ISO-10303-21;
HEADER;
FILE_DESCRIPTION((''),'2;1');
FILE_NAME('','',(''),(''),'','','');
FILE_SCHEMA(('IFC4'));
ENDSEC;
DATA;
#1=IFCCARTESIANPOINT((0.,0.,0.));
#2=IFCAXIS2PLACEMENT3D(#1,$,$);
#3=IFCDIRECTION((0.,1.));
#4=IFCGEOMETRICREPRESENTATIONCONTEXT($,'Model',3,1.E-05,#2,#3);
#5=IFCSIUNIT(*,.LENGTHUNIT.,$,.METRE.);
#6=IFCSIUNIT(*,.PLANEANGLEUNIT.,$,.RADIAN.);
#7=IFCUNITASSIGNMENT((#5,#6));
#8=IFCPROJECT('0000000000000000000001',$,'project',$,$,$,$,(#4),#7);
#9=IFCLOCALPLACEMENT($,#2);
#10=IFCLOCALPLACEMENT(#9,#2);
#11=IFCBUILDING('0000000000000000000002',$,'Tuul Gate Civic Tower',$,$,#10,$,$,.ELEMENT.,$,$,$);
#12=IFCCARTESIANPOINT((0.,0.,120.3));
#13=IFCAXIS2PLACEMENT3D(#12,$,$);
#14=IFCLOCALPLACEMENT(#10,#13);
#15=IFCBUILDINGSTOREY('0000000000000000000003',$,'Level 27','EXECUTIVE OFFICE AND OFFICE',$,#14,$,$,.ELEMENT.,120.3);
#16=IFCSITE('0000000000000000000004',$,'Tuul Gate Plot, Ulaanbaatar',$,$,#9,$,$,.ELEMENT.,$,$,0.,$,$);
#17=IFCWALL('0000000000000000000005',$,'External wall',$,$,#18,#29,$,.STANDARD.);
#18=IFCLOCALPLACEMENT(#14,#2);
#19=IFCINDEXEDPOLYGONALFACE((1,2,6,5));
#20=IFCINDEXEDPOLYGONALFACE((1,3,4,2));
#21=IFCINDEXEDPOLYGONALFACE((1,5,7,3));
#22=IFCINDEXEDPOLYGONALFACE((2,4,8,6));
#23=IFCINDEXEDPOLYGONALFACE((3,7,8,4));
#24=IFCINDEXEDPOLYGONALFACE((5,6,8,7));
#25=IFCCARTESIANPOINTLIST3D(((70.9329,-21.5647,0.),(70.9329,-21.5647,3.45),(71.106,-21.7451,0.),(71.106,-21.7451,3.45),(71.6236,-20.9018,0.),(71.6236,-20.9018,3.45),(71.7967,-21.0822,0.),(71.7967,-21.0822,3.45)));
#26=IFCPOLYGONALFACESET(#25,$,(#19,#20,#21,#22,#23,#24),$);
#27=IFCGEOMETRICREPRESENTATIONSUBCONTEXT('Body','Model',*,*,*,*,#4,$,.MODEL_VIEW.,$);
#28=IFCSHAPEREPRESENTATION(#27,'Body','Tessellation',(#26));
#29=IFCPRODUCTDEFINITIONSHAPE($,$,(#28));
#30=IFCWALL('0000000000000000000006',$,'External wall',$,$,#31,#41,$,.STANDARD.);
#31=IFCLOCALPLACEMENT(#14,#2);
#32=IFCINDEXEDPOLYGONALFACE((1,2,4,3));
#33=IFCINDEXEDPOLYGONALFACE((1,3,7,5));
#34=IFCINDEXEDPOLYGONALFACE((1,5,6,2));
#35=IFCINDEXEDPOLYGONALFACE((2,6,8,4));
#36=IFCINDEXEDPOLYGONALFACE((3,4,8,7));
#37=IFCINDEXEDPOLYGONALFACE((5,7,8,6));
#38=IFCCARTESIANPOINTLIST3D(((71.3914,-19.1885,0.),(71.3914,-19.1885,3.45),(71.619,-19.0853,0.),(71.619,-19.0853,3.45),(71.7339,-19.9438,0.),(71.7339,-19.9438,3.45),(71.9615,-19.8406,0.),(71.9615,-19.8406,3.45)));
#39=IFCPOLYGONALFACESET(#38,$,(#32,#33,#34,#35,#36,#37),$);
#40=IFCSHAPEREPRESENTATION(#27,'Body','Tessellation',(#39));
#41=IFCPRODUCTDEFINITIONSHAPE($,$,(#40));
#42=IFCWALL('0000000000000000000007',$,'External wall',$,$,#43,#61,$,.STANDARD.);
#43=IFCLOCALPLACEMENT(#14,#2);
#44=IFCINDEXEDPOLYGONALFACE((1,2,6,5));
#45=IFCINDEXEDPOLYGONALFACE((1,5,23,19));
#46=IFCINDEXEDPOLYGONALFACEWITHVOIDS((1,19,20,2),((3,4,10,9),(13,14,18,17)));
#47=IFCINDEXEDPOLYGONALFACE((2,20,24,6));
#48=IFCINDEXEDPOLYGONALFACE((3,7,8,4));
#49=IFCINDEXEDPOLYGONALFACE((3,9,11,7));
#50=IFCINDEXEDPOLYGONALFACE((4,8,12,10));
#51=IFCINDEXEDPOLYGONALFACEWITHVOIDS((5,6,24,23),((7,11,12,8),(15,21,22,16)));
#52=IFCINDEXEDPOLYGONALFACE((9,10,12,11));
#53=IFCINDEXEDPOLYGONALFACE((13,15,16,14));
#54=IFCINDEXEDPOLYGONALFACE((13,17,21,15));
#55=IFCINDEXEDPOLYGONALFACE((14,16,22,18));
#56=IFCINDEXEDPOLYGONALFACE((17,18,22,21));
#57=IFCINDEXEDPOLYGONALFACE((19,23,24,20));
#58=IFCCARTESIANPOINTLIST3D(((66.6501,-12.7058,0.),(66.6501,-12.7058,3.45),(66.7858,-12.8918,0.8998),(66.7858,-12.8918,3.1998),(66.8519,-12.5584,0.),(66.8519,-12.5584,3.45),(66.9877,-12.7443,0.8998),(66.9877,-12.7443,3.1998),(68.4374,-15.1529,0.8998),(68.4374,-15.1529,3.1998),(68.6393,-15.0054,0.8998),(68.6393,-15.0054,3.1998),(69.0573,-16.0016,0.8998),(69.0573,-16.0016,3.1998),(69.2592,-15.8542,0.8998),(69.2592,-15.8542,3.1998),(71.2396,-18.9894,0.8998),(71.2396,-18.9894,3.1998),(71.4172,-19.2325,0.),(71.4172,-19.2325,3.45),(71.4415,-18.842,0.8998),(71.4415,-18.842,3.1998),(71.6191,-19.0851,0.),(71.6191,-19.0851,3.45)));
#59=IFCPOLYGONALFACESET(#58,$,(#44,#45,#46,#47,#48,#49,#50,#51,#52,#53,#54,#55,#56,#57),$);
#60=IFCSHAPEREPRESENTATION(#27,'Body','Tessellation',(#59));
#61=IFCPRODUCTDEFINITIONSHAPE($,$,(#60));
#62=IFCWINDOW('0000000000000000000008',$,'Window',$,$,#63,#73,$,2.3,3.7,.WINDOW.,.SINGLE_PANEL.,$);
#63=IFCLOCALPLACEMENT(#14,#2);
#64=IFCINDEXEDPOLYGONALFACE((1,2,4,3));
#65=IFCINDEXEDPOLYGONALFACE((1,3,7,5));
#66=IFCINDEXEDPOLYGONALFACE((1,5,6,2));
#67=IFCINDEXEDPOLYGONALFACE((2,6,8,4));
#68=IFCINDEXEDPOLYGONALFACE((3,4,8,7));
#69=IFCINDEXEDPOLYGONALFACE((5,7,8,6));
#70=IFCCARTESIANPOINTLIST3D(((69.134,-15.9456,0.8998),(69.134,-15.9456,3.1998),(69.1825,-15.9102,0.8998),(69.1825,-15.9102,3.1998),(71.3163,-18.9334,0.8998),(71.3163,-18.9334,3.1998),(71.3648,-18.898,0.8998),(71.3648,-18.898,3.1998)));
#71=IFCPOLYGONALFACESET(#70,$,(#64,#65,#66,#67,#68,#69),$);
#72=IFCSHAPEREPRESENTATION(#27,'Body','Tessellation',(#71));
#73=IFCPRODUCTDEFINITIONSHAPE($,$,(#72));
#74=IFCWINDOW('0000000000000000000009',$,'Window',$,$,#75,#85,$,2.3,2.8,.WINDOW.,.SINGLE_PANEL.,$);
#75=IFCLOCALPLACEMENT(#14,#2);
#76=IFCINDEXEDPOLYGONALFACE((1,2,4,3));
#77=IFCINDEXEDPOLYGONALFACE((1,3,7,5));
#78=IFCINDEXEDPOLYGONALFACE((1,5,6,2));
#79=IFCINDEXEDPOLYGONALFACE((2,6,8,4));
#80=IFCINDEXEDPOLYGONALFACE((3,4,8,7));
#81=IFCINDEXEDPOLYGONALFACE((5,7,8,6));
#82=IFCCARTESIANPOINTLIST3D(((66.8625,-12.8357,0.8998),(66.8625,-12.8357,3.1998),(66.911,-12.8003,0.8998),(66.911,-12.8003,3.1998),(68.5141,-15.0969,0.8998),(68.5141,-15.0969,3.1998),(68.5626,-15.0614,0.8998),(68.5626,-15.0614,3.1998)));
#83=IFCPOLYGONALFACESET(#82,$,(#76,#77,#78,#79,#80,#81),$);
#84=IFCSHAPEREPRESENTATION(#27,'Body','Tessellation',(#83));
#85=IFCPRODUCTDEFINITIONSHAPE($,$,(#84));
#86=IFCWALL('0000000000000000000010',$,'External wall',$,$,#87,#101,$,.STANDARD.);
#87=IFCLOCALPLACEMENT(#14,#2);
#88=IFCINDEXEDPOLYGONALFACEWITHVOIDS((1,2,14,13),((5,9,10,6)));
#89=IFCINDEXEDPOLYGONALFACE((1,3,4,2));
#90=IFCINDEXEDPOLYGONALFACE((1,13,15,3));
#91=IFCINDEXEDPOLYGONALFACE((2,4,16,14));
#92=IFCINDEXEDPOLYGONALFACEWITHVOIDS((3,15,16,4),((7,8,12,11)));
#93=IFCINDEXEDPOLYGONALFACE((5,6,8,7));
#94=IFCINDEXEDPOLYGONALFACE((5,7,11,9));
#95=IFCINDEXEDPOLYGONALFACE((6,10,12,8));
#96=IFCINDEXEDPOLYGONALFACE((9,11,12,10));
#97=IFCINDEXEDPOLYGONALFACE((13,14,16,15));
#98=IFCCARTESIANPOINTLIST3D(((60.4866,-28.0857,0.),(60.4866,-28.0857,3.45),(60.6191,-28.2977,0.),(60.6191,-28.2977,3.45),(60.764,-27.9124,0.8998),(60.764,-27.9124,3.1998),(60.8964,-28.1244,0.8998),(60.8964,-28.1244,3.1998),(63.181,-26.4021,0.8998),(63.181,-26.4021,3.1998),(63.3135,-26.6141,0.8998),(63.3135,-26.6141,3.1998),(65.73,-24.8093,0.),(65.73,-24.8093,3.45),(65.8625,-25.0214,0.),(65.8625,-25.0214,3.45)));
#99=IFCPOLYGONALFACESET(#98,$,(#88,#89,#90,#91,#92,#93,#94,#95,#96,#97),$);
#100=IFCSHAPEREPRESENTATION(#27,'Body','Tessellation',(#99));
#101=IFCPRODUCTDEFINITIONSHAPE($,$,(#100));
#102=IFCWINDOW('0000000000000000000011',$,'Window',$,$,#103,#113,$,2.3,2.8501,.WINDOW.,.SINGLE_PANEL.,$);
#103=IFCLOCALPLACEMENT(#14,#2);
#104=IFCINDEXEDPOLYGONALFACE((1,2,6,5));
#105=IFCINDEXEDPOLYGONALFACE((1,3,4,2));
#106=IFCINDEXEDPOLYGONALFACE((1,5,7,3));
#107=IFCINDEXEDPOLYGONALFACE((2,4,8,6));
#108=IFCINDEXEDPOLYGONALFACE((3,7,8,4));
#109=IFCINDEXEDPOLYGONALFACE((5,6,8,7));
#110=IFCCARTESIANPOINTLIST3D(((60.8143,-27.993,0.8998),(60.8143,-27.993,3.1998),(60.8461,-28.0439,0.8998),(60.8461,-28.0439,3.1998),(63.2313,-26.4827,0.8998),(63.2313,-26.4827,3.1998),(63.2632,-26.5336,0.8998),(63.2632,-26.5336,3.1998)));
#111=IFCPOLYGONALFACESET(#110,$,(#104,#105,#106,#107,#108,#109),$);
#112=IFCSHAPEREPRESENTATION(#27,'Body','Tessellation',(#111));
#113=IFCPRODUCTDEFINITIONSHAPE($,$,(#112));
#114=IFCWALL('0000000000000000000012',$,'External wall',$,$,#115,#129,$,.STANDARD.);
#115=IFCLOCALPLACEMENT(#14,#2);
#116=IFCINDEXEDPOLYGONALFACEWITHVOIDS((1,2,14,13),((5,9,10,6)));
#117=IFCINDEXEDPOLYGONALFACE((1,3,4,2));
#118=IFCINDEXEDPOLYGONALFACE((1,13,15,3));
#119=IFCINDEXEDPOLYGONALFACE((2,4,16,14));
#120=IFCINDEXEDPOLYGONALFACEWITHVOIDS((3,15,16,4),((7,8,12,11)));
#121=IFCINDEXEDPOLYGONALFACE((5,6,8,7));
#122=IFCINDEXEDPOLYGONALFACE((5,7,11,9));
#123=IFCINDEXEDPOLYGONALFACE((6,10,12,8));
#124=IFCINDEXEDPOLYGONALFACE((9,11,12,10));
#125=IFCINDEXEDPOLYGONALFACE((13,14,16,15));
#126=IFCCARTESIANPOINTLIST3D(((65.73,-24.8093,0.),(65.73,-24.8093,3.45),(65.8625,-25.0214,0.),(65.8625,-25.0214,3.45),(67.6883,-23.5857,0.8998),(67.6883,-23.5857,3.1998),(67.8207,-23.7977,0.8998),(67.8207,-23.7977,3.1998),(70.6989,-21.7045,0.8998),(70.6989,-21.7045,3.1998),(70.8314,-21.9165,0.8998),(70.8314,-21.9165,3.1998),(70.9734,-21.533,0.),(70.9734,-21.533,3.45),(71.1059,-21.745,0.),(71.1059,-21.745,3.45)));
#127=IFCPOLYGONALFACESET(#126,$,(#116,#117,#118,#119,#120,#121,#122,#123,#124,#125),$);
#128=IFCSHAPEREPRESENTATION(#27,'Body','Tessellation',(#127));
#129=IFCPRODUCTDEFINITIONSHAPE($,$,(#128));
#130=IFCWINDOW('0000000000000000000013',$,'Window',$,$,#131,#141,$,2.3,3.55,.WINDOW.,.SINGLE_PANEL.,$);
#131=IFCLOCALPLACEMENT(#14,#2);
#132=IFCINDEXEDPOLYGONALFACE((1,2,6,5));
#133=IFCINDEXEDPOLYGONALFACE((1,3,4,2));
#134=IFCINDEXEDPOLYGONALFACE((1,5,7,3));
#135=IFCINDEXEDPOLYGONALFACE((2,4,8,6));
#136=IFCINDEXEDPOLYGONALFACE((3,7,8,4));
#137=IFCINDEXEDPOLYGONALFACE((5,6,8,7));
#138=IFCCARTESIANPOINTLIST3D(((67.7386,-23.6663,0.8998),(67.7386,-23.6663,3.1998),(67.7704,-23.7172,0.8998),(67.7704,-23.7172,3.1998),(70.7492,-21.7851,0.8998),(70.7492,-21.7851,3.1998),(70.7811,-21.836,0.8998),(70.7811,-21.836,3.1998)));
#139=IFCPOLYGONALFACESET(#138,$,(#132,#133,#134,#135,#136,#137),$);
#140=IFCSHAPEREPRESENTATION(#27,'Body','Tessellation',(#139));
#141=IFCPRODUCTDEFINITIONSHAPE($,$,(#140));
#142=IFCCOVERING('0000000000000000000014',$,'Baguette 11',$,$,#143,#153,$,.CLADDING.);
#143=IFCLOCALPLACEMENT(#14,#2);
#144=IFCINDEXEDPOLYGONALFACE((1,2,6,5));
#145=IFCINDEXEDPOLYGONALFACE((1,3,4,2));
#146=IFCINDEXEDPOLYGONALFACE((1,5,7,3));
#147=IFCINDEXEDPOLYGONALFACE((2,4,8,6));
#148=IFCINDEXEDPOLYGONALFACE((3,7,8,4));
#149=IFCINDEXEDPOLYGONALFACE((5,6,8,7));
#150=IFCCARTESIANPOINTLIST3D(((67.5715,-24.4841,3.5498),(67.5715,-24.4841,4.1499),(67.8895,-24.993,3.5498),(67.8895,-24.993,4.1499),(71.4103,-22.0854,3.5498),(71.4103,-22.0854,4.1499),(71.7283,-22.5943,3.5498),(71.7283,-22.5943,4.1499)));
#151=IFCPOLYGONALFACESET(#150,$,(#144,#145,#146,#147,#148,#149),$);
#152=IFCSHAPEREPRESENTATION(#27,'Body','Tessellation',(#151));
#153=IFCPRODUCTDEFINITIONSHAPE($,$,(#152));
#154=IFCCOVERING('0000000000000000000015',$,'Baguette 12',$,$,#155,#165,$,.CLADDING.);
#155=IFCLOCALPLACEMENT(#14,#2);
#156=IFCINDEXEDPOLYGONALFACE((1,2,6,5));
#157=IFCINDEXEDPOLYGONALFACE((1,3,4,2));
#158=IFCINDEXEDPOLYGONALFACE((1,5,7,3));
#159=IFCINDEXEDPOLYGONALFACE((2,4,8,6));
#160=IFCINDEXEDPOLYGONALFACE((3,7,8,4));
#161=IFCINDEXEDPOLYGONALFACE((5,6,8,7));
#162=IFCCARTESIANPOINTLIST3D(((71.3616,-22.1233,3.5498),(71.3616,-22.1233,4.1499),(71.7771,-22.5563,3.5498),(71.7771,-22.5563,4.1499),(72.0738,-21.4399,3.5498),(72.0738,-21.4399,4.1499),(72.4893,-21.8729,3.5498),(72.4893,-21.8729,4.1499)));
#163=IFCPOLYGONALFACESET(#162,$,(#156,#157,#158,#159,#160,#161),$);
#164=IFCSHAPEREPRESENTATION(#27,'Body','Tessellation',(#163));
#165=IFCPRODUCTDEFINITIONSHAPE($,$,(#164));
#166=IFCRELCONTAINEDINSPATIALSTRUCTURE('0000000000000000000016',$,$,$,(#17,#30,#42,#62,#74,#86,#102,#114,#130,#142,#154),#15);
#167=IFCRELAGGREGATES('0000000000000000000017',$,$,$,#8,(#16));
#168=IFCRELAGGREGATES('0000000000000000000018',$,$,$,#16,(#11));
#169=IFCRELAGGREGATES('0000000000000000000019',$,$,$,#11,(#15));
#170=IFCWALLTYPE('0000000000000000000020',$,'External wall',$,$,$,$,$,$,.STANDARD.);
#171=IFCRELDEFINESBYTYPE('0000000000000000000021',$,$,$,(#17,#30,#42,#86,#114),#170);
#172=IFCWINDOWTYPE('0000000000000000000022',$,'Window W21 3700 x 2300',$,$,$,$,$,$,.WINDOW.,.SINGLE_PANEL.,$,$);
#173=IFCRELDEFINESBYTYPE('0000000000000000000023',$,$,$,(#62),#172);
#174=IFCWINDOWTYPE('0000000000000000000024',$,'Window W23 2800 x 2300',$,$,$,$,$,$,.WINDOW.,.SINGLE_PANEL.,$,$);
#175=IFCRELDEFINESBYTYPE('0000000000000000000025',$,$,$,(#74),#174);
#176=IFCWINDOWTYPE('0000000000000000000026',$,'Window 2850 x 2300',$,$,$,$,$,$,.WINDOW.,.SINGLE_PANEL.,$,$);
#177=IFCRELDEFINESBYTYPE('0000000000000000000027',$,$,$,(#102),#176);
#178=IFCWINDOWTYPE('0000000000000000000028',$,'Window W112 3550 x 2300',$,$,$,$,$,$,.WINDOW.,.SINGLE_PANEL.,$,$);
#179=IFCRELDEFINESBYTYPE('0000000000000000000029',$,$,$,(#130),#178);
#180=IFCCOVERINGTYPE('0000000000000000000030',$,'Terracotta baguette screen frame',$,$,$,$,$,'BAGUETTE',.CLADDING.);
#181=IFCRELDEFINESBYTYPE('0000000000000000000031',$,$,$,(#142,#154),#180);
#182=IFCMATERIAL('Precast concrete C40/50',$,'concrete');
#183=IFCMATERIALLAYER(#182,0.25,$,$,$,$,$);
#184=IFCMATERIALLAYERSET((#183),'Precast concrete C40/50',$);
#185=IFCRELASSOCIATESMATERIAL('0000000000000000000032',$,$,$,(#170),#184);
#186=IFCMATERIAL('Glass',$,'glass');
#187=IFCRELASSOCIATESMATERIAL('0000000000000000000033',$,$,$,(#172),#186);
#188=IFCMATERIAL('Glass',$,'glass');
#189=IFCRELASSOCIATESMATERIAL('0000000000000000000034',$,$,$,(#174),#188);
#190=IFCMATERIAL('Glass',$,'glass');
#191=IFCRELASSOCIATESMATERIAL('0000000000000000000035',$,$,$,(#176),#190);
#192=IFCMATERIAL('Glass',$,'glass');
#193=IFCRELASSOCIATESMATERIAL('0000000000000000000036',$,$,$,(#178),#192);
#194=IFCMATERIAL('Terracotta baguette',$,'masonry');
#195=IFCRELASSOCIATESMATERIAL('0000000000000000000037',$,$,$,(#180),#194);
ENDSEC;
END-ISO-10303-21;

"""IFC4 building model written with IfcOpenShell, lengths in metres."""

from ifc_helpers import new_model, si_unit, direction, frame, frame_2d, origin, origin_2d, place, context, subcontext, project, spatial, rectangle, extrude, material, layer, layer_set, material_profile, profile_set, type_object, element, fill, save


model = new_model("IFC4")

# Units and contexts
model_context = context("Model", 3, precision=1e-05, world=origin(), true_north=direction((0.0, 1.0)))
body_context = subcontext(model_context, "Body", "Model", "MODEL_VIEW")
ifc_project = project(units=[si_unit("LENGTHUNIT", "METRE"), si_unit("PLANEANGLEUNIT", "RADIAN")], contexts=[model_context])

# Site, building, storey
site_placement = place(None, origin())
site = spatial("IfcSite", under=ifc_project, at=site_placement, Name="Tuul Gate Plot, Ulaanbaatar", CompositionType="ELEMENT", RefElevation=0.0)
building_placement = place(site_placement, origin())
building = spatial("IfcBuilding", under=site, at=building_placement, Name="Tuul Gate Civic Tower", CompositionType="ELEMENT")
storey_placement = place(building_placement, frame((0.0, 0.0, 120.3)))
storey = spatial("IfcBuildingStorey", under=building, at=storey_placement, Name="Level 27", Description="EXECUTIVE OFFICE AND OFFICE", CompositionType="ELEMENT", Elevation=120.3)

# Walls
ifc_material_1 = material(Name="Precast concrete C40/50", Category="concrete")
ifc_layer_1 = layer(ifc_material_1, 0.25)
ifc_layer_set_1 = layer_set([ifc_layer_1], Name="Precast concrete C40/50")
wall_type_1 = type_object("IfcWallType", Name="External wall", PredefinedType="STANDARD", material=ifc_layer_set_1)
wall_1_placement = place(storey_placement, frame((71.0195, -21.6548, 0.0), z_axis=(0.0, 0.0, 1.0), x_axis=(0.721494, 0.69242, 0.0)))
element("IfcWall", 1, at=wall_1_placement, inside=storey, type_object=wall_type_1, Name="External wall", PredefinedType="STANDARD", context=body_context, shape_type="SweptSolid", body=[
    extrude(rectangle(XDim=0.9573, YDim=0.25, at=frame_2d((0.4785, 0.0))), origin(), (0.0, 0.0, 1.0), 3.45),
])
wall_2_placement = place(storey_placement, frame((71.8477, -19.8921, 0.0), z_axis=(0.0, 0.0, 1.0), x_axis=(-0.412982, 0.910739, 0.0)))
element("IfcWall", 2, at=wall_2_placement, inside=storey, type_object=wall_type_1, Name="External wall", PredefinedType="STANDARD", context=body_context, shape_type="SweptSolid", body=[
    extrude(rectangle(XDim=0.8293, YDim=0.25, at=frame_2d((0.4146, 0.0))), origin(), (0.0, 0.0, 1.0), 3.45),
])

# Wall, openings, windows
wall_3_placement = place(storey_placement, frame((71.5181, -19.1587, 0.0), z_axis=(0.0, 0.0, 1.0), x_axis=(-0.589826, 0.80753, 0.0)))
wall_3 = element("IfcWall", 3, at=wall_3_placement, inside=storey, type_object=wall_type_1, Name="External wall", PredefinedType="STANDARD", context=body_context, shape_type="SweptSolid", body=[
    extrude(rectangle(XDim=8.0823, YDim=0.25, at=frame_2d((4.041, 0.0))), origin(), (0.0, 0.0, 1.0), 3.45),
])
opening_1_placement = place(wall_3_placement, frame((0.3008, 0.0, 0.8999)))
opening_1 = element("IfcOpeningElement", 4, at=opening_1_placement, cuts=wall_3, PredefinedType="OPENING", context=body_context, shape_type="SweptSolid", body=[
    extrude(rectangle(XDim=3.7, YDim=2.3, at=frame_2d((1.8501, 1.1499))), frame((0.0, 0.135, 0.0), z_axis=(0.0, -1.0, 0.0), x_axis=(1.0, 0.0, 0.0)), (0.0, 0.0, 1.0), 0.27),
])
opening_2_placement = place(wall_3_placement, frame((5.052, 0.0, 0.8999)))
opening_2 = element("IfcOpeningElement", 5, at=opening_2_placement, cuts=wall_3, PredefinedType="OPENING", context=body_context, shape_type="SweptSolid", body=[
    extrude(rectangle(XDim=2.8, YDim=2.3, at=frame_2d((1.3999, 1.1499))), frame((0.0, 0.135, 0.0), z_axis=(0.0, -1.0, 0.0), x_axis=(1.0, 0.0, 0.0)), (0.0, 0.0, 1.0), 0.27),
])
ifc_material_2 = material(Name="Glass", Category="glass")
window_type_1 = type_object("IfcWindowType", Name="Window W21 3700 x 2300", PartitioningType="SINGLE_PANEL", PredefinedType="WINDOW", material=ifc_material_2)
window_1_placement = place(opening_1_placement, origin())
window_1 = element("IfcWindow", 6, at=window_1_placement, inside=storey, type_object=window_type_1, Name="Window", OverallHeight=2.3, OverallWidth=3.7, PartitioningType="SINGLE_PANEL", PredefinedType="WINDOW", context=body_context, shape_type="SweptSolid", body=[
    extrude(rectangle(XDim=3.7, YDim=2.3, at=frame_2d((1.8501, 1.1499))), frame((0.0, 0.03, 0.0), z_axis=(0.0, -1.0, 0.0), x_axis=(1.0, 0.0, 0.0)), (0.0, 0.0, 1.0), 0.0601),
])
fill(opening_1, window_1)
ifc_material_3 = material(Name="Glass", Category="glass")
window_type_2 = type_object("IfcWindowType", Name="Window W23 2800 x 2300", PartitioningType="SINGLE_PANEL", PredefinedType="WINDOW", material=ifc_material_3)
window_2_placement = place(opening_2_placement, origin())
window_2 = element("IfcWindow", 7, at=window_2_placement, inside=storey, type_object=window_type_2, Name="Window", OverallHeight=2.3, OverallWidth=2.8, PartitioningType="SINGLE_PANEL", PredefinedType="WINDOW", context=body_context, shape_type="SweptSolid", body=[
    extrude(rectangle(XDim=2.8, YDim=2.3, at=frame_2d((1.3999, 1.1499))), frame((0.0, 0.03, 0.0), z_axis=(0.0, -1.0, 0.0), x_axis=(1.0, 0.0, 0.0)), (0.0, 0.0, 1.0), 0.0601),
])
fill(opening_2, window_2)

# Walls, openings, windows
wall_4_placement = place(storey_placement, frame((60.553, -28.1917, 0.0), z_axis=(0.0, 0.0, 1.0), x_axis=(0.848054, 0.52991, 0.0)))
wall_4 = element("IfcWall", 8, at=wall_4_placement, inside=storey, type_object=wall_type_1, Name="External wall", PredefinedType="STANDARD", context=body_context, shape_type="SweptSolid", body=[
    extrude(rectangle(XDim=6.1829, YDim=0.25, at=frame_2d((3.0913, 0.0))), origin(), (0.0, 0.0, 1.0), 3.45),
])
opening_3_placement = place(wall_4_placement, frame((0.3269, 0.0, 0.8999)))
opening_3 = element("IfcOpeningElement", 9, at=opening_3_placement, cuts=wall_4, PredefinedType="OPENING", context=body_context, shape_type="SweptSolid", body=[
    extrude(rectangle(XDim=2.8501, YDim=2.3, at=frame_2d((1.425, 1.1499))), frame((0.0, 0.135, 0.0), z_axis=(0.0, -1.0, 0.0), x_axis=(1.0, 0.0, 0.0)), (0.0, 0.0, 1.0), 0.27),
])
ifc_material_4 = material(Name="Glass", Category="glass")
window_type_3 = type_object("IfcWindowType", Name="Window 2850 x 2300", PartitioningType="SINGLE_PANEL", PredefinedType="WINDOW", material=ifc_material_4)
window_3_placement = place(opening_3_placement, origin())
window_3 = element("IfcWindow", 10, at=window_3_placement, inside=storey, type_object=window_type_3, Name="Window", OverallHeight=2.3, OverallWidth=2.8501, PartitioningType="SINGLE_PANEL", PredefinedType="WINDOW", context=body_context, shape_type="SweptSolid", body=[
    extrude(rectangle(XDim=2.8501, YDim=2.3, at=frame_2d((1.425, 1.1499))), frame((0.0, 0.03, 0.0), z_axis=(0.0, -1.0, 0.0), x_axis=(1.0, 0.0, 0.0)), (0.0, 0.0, 1.0), 0.0601),
])
fill(opening_3, window_3)
wall_5_placement = place(storey_placement, frame((65.7964, -24.9153, 0.0), z_axis=(0.0, 0.0, 1.0), x_axis=(0.848054, 0.52991, 0.0)))
wall_5 = element("IfcWall", 11, at=wall_5_placement, inside=storey, type_object=wall_type_1, Name="External wall", PredefinedType="STANDARD", context=body_context, shape_type="SweptSolid", body=[
    extrude(rectangle(XDim=6.1829, YDim=0.25, at=frame_2d((3.0913, 0.0))), origin(), (0.0, 0.0, 1.0), 3.45),
])
opening_4_placement = place(wall_5_placement, frame((2.3091, 0.0, 0.8999)))
opening_4 = element("IfcOpeningElement", 12, at=opening_4_placement, cuts=wall_5, PredefinedType="OPENING", context=body_context, shape_type="SweptSolid", body=[
    extrude(rectangle(XDim=3.55, YDim=2.3, at=frame_2d((1.7749, 1.1499))), frame((0.0, 0.135, 0.0), z_axis=(0.0, -1.0, 0.0), x_axis=(1.0, 0.0, 0.0)), (0.0, 0.0, 1.0), 0.27),
])
ifc_material_5 = material(Name="Glass", Category="glass")
window_type_4 = type_object("IfcWindowType", Name="Window W112 3550 x 2300", PartitioningType="SINGLE_PANEL", PredefinedType="WINDOW", material=ifc_material_5)
window_4_placement = place(opening_4_placement, origin())
window_4 = element("IfcWindow", 13, at=window_4_placement, inside=storey, type_object=window_type_4, Name="Window", OverallHeight=2.3, OverallWidth=3.55, PartitioningType="SINGLE_PANEL", PredefinedType="WINDOW", context=body_context, shape_type="SweptSolid", body=[
    extrude(rectangle(XDim=3.55, YDim=2.3, at=frame_2d((1.7749, 1.1499))), frame((0.0, 0.03, 0.0), z_axis=(0.0, -1.0, 0.0), x_axis=(1.0, 0.0, 0.0)), (0.0, 0.0, 1.0), 0.0601),
])
fill(opening_4, window_4)

# Coverings
ifc_material_6 = material(Name="Terracotta baguette", Category="masonry")
ifc_material_profile_1 = material_profile(ifc_material_6, rectangle(XDim=0.6001, YDim=0.6001, at=origin_2d()), Name="Terracotta baguette screen frame")
ifc_profile_set_1 = profile_set([ifc_material_profile_1], Name="Terracotta baguette")
covering_type = type_object("IfcCoveringType", Name="Terracotta baguette screen frame", ElementType="BAGUETTE", PredefinedType="CLADDING", material=ifc_profile_set_1)
covering_1_placement = place(storey_placement, frame((67.7305, -24.7385, 3.8499), z_axis=(0.848059, 0.529902, 0.0), x_axis=(-0.529902, 0.848059, 0.0)))
element("IfcCovering", 14, at=covering_1_placement, inside=storey, type_object=covering_type, Name="Baguette 11", PredefinedType="CLADDING", context=body_context, shape_type="SweptSolid", body=[
    extrude(rectangle(XDim=0.6001, YDim=0.6001, at=origin_2d()), origin(), (0.0, 0.0, 1.0), 4.5266),
])
covering_2_placement = place(storey_placement, frame((71.5693, -22.3398, 3.8499), z_axis=(0.72155, 0.692362, 0.0), x_axis=(-0.692362, 0.72155, 0.0)))
element("IfcCovering", 15, at=covering_2_placement, inside=storey, type_object=covering_type, Name="Baguette 12", PredefinedType="CLADDING", context=body_context, shape_type="SweptSolid", body=[
    extrude(rectangle(XDim=0.6001, YDim=0.6001, at=origin_2d()), origin(), (0.0, 0.0, 1.0), 0.9871),
])

save(model, "model.ifc")
